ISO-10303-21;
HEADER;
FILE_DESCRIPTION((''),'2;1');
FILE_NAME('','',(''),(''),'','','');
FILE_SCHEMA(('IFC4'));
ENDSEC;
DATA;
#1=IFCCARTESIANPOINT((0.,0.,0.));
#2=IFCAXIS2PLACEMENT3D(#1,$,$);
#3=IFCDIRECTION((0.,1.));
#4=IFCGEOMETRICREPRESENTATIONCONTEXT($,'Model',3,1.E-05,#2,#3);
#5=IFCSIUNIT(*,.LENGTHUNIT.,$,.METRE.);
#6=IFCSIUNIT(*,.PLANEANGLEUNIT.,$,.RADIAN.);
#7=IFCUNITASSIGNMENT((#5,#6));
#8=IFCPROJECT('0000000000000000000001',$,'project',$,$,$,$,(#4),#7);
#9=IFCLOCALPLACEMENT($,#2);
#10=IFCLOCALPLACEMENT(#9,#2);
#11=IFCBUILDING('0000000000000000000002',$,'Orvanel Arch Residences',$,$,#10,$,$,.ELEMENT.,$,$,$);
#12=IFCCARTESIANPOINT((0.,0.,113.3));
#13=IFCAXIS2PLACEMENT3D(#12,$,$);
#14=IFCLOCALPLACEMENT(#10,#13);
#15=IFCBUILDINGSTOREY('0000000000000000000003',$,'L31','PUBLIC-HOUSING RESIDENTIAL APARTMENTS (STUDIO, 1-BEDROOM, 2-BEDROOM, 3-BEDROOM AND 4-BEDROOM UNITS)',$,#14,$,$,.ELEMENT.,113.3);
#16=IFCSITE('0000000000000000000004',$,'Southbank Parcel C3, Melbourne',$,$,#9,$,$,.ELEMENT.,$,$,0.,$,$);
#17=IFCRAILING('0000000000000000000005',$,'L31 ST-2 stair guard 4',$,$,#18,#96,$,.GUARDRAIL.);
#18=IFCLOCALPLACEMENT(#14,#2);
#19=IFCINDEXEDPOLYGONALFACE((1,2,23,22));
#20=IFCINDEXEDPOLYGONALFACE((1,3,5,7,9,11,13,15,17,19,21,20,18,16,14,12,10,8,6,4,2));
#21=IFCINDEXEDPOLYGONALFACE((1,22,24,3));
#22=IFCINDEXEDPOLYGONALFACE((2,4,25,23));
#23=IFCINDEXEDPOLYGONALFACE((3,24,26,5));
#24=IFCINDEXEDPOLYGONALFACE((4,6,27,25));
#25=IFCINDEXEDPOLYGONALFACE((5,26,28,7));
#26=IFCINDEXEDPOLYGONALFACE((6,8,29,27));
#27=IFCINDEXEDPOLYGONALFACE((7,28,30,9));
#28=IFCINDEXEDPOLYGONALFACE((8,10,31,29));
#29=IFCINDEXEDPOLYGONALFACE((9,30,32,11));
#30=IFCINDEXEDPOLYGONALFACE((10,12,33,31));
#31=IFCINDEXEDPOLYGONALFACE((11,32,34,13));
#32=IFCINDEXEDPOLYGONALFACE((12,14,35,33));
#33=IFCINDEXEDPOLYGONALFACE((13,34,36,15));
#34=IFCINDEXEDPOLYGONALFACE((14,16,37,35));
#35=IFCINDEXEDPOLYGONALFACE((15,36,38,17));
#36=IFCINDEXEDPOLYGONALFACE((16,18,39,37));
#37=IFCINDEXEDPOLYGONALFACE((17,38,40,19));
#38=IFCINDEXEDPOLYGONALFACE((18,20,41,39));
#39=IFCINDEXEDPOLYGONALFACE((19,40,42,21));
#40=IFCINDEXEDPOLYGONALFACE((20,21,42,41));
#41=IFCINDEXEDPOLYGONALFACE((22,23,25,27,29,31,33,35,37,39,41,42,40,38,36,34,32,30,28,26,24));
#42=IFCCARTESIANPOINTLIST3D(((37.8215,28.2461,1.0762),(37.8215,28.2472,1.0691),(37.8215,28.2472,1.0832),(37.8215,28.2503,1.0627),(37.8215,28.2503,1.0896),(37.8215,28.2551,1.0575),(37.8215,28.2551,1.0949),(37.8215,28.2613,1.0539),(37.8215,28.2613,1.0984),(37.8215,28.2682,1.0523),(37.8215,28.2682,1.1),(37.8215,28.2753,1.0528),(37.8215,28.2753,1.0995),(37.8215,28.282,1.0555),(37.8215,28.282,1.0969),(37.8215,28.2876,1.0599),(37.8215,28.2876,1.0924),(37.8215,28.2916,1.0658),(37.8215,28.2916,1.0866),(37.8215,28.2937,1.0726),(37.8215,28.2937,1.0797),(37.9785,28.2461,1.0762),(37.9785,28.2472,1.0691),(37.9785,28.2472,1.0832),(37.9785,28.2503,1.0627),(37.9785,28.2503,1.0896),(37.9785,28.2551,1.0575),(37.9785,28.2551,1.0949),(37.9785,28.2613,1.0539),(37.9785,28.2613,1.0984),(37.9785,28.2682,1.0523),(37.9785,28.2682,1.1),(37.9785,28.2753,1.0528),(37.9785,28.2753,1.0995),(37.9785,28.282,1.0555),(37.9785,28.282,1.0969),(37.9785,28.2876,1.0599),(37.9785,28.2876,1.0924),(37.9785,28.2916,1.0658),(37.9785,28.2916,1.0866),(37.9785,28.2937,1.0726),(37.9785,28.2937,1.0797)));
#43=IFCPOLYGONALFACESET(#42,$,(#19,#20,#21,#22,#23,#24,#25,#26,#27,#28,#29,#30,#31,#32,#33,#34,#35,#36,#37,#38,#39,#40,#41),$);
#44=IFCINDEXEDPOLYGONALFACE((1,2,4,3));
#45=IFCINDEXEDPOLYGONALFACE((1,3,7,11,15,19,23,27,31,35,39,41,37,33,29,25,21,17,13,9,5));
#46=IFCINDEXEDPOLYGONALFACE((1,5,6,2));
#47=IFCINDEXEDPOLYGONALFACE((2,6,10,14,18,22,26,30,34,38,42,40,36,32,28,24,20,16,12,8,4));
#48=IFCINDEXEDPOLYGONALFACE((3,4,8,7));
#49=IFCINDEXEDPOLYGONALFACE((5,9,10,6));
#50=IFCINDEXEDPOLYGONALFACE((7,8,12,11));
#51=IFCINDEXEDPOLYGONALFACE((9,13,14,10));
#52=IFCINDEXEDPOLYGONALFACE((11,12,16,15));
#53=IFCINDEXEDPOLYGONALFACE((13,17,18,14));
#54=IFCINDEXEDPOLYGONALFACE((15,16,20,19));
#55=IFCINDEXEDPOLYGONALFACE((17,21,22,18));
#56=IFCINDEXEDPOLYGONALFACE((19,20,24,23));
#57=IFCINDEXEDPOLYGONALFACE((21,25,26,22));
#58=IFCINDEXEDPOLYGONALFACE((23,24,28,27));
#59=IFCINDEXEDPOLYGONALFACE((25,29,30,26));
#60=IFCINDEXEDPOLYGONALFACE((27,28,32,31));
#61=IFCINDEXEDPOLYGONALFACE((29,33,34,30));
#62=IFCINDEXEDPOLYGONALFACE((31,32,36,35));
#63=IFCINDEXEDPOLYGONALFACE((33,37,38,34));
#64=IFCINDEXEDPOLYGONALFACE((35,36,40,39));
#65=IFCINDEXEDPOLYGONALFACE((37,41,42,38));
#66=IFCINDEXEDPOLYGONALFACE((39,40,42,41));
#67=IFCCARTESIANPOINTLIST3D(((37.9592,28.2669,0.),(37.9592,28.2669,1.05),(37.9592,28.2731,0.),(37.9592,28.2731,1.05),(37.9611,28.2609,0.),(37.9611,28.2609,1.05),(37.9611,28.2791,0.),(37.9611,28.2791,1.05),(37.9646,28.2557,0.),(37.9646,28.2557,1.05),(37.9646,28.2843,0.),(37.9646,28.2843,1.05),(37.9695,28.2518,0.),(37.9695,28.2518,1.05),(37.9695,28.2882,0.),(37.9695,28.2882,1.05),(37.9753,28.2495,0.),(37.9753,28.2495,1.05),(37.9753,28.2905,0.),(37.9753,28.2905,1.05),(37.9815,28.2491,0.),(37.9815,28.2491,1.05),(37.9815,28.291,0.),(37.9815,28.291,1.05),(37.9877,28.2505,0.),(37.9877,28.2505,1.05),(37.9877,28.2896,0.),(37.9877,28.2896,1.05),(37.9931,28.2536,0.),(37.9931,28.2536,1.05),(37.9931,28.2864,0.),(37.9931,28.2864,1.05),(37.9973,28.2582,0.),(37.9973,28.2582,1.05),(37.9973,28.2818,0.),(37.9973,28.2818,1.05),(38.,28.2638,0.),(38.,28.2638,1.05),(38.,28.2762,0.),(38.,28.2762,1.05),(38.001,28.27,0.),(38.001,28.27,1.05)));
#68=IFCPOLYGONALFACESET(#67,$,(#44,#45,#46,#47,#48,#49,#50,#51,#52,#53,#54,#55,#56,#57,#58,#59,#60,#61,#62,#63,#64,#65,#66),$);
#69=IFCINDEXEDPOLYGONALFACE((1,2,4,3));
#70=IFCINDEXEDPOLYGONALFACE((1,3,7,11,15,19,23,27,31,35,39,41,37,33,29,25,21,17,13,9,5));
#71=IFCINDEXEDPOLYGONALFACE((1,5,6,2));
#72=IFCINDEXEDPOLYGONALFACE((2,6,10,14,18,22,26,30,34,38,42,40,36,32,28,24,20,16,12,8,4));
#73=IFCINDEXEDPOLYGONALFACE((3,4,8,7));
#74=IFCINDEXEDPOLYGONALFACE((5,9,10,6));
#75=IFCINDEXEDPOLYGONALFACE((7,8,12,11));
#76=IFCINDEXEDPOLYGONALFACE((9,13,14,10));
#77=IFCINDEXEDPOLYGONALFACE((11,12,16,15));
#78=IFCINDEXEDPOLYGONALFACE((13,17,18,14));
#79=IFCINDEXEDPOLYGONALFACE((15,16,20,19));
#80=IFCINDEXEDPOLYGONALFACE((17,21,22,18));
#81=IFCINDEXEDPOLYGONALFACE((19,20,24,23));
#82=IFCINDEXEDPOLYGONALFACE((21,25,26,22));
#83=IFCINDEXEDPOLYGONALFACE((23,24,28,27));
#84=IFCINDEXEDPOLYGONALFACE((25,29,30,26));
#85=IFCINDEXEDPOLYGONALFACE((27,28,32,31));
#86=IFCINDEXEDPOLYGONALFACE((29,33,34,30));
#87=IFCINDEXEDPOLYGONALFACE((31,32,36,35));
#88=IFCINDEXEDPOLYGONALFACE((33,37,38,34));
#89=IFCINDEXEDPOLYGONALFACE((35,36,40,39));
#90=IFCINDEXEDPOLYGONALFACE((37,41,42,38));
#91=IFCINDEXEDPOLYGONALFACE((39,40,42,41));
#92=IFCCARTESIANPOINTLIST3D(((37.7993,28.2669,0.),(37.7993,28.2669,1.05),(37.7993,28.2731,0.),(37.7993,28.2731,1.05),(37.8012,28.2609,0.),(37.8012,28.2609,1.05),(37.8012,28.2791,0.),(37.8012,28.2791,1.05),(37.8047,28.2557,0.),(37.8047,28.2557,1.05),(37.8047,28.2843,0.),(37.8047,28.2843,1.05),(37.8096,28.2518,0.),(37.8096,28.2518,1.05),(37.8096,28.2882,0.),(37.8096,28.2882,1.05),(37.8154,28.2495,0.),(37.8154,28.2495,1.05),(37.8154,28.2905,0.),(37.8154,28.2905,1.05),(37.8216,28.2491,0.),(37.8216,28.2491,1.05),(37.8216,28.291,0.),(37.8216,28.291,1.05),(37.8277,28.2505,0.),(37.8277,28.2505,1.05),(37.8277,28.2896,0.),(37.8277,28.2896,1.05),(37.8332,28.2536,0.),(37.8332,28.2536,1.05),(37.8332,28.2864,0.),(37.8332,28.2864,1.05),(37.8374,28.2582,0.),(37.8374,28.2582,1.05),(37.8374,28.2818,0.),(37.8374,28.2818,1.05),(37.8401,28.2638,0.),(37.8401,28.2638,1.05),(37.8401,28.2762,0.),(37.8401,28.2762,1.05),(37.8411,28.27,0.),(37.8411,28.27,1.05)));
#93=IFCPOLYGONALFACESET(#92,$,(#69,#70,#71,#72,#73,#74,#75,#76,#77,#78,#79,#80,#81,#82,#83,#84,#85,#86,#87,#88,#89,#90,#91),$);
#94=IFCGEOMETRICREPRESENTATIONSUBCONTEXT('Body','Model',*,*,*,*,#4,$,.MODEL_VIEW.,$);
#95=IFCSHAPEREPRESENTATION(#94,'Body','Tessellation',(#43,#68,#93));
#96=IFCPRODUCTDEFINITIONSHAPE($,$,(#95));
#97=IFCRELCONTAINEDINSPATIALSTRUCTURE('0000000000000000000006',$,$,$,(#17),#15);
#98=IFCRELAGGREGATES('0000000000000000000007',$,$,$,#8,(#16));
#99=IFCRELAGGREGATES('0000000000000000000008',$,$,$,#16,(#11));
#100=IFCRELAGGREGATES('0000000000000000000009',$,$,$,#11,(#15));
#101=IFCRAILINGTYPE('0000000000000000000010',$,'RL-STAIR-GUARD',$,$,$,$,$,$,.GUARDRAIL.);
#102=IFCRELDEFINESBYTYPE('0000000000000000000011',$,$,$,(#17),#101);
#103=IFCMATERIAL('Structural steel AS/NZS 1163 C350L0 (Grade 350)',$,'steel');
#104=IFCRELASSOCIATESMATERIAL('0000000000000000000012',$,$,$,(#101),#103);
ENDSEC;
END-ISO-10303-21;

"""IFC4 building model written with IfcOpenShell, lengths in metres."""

from ifc_helpers import new_model, si_unit, direction, frame, origin, origin_2d, place, context, subcontext, project, spatial, circle, extrude, material, type_object, element, save


model = new_model("IFC4")

# Units and contexts
model_context = context("Model", 3, precision=1e-05, world=origin(), true_north=direction((0.0, 1.0)))
body_context = subcontext(model_context, "Body", "Model", "MODEL_VIEW")
ifc_project = project(units=[si_unit("LENGTHUNIT", "METRE"), si_unit("PLANEANGLEUNIT", "RADIAN")], contexts=[model_context])

# Site, building, storey
site_placement = place(None, origin())
site = spatial("IfcSite", under=ifc_project, at=site_placement, Name="Southbank Parcel C3, Melbourne", CompositionType="ELEMENT", RefElevation=0.0)
building_placement = place(site_placement, origin())
building = spatial("IfcBuilding", under=site, at=building_placement, Name="Orvanel Arch Residences", CompositionType="ELEMENT")
storey_placement = place(building_placement, frame((0.0, 0.0, 113.3)))
storey = spatial("IfcBuildingStorey", under=building, at=storey_placement, Name="L31", Description="PUBLIC-HOUSING RESIDENTIAL APARTMENTS (STUDIO, 1-BEDROOM, 2-BEDROOM, 3-BEDROOM AND 4-BEDROOM UNITS)", CompositionType="ELEMENT", Elevation=113.3)

# Railing
ifc_material_1 = material(Name="Structural steel AS/NZS 1163 C350L0 (Grade 350)", Category="steel")
railing_type_1 = type_object("IfcRailingType", Name="RL-STAIR-GUARD", PredefinedType="GUARDRAIL", material=ifc_material_1)
railing_1_placement = place(storey_placement, frame((37.98, 28.27, 0.0)))
element("IfcRailing", 1, at=railing_1_placement, inside=storey, type_object=railing_type_1, Name="L31 ST-2 stair guard 4", PredefinedType="GUARDRAIL", context=body_context, shape_type="SweptSolid", body=[
    extrude(circle(Radius=0.0239, at=origin_2d()), frame((-0.0015, 0.0, 1.0762), z_axis=(-1.0, 0.0, 0.0), x_axis=(0.0, -1.0, 0.0)), (0.0, 0.0, 1.0), 0.157),
    extrude(circle(Radius=0.021, at=origin_2d()), origin(), (0.0, 0.0, 1.0), 1.05),
    extrude(circle(Radius=0.021, at=origin_2d()), frame((-0.1599, 0.0, 0.0)), (0.0, 0.0, 1.0), 1.05),
])

save(model, "model.ifc")
